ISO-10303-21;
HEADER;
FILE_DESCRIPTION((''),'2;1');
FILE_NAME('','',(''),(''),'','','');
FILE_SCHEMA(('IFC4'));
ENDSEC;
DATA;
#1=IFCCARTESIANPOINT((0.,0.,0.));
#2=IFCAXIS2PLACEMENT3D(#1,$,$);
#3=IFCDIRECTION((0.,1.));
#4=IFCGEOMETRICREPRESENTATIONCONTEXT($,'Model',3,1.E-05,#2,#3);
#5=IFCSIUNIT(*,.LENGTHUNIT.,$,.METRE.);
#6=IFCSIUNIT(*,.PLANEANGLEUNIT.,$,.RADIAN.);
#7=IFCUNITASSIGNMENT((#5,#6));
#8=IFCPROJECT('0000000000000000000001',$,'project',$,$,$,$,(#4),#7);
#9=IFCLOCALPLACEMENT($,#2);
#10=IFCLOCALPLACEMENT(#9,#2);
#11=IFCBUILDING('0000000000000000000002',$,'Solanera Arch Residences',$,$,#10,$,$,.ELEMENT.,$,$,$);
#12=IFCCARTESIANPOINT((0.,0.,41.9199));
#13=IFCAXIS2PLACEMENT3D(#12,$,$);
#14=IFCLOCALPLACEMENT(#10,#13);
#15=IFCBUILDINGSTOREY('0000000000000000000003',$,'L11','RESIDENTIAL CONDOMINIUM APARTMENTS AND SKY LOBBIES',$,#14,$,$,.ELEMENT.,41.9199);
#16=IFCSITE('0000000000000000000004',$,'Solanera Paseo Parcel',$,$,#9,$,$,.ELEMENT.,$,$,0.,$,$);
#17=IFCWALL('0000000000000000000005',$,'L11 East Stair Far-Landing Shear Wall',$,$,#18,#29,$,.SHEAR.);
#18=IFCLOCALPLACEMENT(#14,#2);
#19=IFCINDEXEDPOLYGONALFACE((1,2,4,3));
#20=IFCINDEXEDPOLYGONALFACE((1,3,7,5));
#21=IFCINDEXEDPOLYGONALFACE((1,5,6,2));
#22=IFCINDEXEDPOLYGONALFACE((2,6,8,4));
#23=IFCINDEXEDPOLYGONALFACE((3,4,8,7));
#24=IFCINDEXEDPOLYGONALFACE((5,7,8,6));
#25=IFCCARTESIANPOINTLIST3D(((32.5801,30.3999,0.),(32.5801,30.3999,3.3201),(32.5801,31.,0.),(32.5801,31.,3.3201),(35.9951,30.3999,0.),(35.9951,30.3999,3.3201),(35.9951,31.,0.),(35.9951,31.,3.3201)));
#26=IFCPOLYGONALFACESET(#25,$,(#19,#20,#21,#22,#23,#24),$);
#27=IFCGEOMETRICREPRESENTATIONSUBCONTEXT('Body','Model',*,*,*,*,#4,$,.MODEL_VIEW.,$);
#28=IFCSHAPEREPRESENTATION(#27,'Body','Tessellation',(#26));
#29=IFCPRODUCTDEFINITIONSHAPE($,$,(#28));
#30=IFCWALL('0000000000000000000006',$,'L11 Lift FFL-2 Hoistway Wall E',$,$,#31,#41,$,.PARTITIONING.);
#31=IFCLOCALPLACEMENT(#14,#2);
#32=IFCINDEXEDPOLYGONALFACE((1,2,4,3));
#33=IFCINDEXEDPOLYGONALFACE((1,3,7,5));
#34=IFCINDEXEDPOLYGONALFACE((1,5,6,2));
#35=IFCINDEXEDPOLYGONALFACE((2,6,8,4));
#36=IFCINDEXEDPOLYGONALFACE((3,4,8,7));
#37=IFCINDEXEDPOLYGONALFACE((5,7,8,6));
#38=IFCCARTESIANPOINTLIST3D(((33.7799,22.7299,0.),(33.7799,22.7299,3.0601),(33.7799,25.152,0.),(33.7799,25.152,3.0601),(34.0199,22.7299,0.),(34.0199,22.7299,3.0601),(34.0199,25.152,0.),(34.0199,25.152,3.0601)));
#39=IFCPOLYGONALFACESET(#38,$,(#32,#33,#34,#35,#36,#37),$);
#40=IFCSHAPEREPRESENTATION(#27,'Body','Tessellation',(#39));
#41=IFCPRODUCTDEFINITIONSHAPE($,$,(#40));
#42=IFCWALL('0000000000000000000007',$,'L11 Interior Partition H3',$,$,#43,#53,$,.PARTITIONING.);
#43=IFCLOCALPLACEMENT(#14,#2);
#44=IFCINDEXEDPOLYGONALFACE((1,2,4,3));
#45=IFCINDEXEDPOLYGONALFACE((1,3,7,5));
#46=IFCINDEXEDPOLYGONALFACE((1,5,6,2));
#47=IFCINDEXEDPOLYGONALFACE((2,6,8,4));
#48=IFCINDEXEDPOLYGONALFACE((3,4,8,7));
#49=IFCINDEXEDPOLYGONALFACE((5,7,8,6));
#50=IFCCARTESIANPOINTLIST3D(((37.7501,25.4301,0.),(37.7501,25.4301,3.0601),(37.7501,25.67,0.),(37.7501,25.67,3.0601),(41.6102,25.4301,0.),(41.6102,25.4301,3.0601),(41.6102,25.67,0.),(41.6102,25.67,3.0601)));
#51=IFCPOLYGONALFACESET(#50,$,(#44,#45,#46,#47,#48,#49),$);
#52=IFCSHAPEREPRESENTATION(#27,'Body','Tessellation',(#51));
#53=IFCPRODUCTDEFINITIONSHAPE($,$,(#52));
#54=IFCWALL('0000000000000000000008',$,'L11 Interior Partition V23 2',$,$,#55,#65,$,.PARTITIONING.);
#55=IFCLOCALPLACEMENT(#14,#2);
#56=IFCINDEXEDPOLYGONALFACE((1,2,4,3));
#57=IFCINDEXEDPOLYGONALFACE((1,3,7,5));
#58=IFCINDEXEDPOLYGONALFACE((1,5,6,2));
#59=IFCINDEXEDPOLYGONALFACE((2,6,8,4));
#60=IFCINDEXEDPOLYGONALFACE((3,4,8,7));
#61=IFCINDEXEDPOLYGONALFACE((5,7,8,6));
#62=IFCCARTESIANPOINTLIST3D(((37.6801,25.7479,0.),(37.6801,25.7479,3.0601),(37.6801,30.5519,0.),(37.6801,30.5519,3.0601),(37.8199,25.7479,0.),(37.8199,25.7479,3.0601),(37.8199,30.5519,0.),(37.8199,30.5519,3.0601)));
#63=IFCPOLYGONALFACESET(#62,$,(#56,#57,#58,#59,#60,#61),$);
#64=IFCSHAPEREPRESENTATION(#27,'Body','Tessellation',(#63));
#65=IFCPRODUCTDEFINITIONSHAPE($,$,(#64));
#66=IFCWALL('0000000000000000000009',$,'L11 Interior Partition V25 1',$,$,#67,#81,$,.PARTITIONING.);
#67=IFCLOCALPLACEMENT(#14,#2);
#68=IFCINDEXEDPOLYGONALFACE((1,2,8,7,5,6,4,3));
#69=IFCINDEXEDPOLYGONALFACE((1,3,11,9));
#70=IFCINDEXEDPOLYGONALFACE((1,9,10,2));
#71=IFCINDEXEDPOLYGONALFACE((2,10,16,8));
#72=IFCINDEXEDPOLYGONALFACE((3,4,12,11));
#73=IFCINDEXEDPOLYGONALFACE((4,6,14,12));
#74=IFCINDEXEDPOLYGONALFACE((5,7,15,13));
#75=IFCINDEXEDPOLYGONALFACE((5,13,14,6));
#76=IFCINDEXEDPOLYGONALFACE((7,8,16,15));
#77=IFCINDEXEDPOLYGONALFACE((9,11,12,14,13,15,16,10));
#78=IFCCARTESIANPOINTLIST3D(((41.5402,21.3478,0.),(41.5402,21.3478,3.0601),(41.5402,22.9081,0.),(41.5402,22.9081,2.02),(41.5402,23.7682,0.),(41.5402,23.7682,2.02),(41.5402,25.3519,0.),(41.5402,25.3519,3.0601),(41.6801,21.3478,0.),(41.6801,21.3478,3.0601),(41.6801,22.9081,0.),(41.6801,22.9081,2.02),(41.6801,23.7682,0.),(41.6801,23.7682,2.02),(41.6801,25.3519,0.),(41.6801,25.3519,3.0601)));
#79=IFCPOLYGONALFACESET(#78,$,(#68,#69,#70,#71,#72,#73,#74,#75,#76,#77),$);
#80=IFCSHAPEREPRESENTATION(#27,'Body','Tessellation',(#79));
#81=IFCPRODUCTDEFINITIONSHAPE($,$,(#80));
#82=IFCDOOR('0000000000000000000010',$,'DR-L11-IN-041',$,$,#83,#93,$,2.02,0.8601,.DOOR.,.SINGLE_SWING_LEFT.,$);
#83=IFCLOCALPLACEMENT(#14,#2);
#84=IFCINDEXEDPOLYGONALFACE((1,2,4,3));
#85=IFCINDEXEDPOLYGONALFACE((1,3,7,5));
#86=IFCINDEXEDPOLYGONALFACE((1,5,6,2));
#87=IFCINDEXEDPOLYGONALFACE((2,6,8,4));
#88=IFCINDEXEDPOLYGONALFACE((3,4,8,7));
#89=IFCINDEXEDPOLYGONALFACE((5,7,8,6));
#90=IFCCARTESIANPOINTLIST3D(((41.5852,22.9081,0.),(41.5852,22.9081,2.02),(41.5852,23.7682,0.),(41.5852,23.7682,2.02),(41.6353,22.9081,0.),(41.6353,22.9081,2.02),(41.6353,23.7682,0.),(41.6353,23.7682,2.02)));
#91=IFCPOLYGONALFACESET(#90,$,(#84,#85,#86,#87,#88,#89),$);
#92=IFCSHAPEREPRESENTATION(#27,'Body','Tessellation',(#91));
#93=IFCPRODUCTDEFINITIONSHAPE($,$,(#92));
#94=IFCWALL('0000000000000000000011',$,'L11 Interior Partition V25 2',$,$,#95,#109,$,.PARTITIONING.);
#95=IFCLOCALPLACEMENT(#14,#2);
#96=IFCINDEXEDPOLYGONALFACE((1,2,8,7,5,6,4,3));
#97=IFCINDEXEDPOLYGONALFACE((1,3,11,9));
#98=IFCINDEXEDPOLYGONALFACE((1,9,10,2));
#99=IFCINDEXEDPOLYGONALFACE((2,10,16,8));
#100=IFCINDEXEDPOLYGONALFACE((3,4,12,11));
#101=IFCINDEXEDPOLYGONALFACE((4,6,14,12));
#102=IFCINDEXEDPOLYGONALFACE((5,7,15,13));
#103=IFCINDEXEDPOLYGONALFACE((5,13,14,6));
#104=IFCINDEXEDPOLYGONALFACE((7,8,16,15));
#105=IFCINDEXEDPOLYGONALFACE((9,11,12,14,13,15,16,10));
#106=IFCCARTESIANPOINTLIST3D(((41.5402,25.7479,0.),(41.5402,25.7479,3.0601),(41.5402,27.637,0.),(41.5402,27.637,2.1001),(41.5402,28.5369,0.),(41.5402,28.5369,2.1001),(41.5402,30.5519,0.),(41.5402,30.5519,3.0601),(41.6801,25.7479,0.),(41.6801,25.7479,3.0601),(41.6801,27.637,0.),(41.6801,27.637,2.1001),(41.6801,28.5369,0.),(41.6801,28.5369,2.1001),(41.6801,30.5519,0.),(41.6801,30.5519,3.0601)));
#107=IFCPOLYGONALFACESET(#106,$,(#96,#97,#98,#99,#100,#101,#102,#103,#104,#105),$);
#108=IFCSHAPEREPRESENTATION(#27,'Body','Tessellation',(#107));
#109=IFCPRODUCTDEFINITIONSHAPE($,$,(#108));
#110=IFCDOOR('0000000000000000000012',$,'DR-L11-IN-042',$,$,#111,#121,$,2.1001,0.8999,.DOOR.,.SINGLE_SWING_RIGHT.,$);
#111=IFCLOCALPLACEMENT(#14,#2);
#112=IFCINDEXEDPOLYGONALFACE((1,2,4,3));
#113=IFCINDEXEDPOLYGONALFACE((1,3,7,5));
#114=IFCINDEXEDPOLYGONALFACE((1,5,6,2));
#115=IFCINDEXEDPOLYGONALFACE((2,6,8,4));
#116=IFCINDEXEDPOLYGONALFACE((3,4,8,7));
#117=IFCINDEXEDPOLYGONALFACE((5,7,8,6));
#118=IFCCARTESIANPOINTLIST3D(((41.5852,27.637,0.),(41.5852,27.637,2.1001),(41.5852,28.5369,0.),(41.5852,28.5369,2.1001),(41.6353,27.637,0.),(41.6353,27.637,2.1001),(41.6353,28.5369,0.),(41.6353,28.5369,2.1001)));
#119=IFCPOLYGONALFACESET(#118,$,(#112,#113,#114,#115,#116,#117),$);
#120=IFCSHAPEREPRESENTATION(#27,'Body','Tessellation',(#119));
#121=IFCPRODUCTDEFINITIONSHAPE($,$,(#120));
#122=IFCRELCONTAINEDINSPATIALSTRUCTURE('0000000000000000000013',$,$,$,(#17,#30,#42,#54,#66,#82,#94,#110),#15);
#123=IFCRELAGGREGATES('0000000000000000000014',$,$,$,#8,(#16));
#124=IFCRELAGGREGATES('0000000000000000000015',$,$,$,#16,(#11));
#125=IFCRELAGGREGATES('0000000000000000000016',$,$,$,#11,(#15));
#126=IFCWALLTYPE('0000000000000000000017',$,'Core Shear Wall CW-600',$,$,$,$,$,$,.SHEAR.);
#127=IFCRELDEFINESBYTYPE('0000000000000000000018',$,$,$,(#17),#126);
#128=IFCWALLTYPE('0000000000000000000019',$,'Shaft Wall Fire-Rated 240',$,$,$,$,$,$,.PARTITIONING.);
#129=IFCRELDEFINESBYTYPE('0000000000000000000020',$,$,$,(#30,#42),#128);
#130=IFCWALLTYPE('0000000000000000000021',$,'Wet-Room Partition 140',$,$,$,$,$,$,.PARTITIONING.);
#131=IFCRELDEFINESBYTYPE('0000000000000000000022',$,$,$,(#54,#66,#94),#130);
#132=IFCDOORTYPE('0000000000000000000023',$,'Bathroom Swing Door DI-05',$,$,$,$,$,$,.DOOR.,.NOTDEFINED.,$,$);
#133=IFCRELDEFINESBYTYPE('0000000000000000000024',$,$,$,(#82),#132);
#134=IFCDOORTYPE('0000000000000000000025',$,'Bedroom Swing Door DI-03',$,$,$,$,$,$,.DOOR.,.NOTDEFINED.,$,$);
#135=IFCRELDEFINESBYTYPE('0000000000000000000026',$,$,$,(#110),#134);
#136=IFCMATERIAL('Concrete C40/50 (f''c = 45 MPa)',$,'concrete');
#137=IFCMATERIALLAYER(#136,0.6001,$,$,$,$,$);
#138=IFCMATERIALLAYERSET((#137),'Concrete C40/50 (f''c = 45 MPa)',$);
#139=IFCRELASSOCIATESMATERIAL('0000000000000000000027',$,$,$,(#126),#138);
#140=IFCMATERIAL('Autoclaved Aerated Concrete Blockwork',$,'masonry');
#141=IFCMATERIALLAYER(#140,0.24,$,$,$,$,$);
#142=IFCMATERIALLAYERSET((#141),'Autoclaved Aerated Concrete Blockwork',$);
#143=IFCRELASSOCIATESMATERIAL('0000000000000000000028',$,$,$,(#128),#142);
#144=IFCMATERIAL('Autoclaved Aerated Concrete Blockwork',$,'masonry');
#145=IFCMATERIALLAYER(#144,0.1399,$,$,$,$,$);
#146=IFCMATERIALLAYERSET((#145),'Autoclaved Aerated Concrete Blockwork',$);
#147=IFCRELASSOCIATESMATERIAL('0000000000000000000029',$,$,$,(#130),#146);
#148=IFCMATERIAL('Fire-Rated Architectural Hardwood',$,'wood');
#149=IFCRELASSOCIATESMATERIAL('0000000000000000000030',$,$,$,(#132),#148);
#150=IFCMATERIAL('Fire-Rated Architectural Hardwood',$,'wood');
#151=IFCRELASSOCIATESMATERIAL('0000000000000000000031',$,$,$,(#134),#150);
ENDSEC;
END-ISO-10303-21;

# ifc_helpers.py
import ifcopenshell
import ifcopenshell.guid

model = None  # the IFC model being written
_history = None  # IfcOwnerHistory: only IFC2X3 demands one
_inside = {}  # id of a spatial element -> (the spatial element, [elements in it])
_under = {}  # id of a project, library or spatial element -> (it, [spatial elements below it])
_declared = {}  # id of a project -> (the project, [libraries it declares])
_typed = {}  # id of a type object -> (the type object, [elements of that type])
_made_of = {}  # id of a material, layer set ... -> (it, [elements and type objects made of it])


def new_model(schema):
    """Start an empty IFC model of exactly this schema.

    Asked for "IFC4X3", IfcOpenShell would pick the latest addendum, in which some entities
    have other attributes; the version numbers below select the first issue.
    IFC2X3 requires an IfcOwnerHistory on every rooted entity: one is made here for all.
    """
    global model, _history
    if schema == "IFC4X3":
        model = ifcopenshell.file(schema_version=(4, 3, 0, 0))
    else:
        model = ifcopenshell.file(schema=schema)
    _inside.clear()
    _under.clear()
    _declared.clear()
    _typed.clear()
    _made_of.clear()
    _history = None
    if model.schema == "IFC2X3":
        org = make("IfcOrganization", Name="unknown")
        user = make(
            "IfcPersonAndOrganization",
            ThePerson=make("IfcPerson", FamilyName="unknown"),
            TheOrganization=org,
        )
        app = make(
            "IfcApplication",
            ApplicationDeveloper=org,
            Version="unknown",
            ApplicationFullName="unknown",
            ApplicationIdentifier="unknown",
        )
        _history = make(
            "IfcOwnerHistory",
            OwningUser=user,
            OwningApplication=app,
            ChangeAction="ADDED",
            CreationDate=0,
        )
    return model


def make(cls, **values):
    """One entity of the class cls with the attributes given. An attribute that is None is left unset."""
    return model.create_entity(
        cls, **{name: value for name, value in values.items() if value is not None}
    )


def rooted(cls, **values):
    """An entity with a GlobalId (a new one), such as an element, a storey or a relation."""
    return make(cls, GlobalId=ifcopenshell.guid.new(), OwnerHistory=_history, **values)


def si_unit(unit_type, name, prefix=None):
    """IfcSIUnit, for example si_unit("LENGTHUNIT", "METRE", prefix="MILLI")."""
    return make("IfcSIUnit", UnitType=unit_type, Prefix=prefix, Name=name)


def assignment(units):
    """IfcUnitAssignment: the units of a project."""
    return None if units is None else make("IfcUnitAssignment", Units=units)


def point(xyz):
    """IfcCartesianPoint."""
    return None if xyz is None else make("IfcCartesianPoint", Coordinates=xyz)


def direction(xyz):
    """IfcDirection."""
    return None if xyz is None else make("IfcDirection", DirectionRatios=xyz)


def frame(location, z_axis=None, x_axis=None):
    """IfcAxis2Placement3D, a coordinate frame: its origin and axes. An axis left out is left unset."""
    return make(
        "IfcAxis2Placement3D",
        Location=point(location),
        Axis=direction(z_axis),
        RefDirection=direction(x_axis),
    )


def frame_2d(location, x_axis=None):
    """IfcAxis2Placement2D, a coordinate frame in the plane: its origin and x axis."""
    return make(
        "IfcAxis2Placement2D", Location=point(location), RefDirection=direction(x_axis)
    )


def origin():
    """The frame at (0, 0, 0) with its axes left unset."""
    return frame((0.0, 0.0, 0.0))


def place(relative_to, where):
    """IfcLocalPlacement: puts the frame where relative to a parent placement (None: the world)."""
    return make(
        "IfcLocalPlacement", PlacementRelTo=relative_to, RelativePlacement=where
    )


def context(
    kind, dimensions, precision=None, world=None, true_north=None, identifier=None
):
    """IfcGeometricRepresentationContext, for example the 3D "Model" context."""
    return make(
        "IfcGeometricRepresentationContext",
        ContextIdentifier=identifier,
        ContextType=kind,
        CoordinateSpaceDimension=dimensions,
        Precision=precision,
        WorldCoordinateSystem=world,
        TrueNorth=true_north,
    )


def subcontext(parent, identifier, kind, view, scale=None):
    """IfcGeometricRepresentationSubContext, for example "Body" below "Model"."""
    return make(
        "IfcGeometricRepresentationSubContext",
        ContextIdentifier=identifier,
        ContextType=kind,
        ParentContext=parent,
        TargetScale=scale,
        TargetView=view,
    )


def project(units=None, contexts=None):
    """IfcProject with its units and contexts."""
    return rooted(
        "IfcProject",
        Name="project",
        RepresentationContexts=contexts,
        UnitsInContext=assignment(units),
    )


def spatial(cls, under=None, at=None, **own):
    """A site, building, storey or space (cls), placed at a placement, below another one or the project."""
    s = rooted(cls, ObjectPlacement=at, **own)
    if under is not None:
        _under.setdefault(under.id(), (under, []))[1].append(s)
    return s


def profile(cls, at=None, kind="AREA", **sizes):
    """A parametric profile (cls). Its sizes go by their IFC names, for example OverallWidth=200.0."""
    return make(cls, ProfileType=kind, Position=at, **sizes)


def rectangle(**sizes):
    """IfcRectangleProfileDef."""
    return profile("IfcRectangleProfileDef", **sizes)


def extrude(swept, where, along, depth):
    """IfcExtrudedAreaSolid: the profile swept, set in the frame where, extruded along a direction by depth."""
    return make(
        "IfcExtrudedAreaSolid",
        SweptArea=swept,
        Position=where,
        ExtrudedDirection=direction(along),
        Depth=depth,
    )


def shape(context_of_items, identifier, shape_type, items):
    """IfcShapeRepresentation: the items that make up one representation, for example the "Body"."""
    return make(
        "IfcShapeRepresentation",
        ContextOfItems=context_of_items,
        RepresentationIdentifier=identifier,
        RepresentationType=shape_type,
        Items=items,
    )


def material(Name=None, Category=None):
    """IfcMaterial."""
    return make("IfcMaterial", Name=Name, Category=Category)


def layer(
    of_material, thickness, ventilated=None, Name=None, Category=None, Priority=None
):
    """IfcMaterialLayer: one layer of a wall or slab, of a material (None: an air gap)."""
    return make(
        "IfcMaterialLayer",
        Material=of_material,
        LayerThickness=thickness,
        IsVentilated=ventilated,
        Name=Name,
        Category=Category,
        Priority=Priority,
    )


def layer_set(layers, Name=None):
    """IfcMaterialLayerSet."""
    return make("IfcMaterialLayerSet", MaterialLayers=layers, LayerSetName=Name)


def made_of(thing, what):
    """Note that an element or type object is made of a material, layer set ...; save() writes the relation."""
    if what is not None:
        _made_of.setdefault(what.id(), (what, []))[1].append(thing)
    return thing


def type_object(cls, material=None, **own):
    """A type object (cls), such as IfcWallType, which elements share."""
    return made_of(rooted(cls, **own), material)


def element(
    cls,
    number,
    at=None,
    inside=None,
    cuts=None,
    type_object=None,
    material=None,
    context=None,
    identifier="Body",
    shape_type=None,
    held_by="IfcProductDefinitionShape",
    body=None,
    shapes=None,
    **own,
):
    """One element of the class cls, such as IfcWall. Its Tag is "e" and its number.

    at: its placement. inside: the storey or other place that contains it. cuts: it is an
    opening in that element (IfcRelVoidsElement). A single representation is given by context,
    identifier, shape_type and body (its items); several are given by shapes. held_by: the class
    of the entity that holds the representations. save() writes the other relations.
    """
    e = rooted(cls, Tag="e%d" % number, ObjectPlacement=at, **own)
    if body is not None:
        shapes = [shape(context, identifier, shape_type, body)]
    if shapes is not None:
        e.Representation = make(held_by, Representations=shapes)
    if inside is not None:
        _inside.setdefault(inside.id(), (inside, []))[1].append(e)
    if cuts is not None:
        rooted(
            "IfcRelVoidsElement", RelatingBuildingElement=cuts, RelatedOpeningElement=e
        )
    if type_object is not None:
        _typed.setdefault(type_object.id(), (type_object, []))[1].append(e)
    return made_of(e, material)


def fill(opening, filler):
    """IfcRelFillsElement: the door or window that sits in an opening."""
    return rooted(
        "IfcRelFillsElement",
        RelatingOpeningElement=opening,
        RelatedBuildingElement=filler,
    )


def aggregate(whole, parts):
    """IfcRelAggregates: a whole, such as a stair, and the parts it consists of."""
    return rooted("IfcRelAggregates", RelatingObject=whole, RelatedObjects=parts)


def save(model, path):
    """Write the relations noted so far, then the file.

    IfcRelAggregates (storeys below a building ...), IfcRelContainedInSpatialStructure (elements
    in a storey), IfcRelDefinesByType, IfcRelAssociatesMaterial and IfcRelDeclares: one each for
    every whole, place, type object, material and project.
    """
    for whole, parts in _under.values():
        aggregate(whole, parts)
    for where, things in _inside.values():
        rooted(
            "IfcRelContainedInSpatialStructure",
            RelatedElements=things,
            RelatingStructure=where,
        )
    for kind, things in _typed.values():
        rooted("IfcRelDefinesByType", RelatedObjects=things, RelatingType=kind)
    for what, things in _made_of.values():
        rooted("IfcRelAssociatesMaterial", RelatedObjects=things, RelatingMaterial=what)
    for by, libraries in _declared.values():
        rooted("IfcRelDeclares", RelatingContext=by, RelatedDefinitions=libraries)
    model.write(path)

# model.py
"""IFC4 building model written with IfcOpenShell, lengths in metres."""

from ifc_helpers import new_model, si_unit, direction, frame, frame_2d, origin, place, context, subcontext, project, spatial, rectangle, extrude, material, layer, layer_set, type_object, element, fill, save


model = new_model("IFC4")

# Units and contexts
model_context = context("Model", 3, precision=1e-05, world=origin(), true_north=direction((0.0, 1.0)))
body_context = subcontext(model_context, "Body", "Model", "MODEL_VIEW")
ifc_project = project(units=[si_unit("LENGTHUNIT", "METRE"), si_unit("PLANEANGLEUNIT", "RADIAN")], contexts=[model_context])

# Site, building, storey
site_placement = place(None, origin())
site = spatial("IfcSite", under=ifc_project, at=site_placement, Name="Solanera Paseo Parcel", CompositionType="ELEMENT", RefElevation=0.0)
building_placement = place(site_placement, origin())
building = spatial("IfcBuilding", under=site, at=building_placement, Name="Solanera Arch Residences", CompositionType="ELEMENT")
storey_placement = place(building_placement, frame((0.0, 0.0, 41.9199)))
storey = spatial("IfcBuildingStorey", under=building, at=storey_placement, Name="L11", Description="RESIDENTIAL CONDOMINIUM APARTMENTS AND SKY LOBBIES", CompositionType="ELEMENT", Elevation=41.9199)

# Walls
ifc_material_1 = material(Name="Concrete C40/50 (f'c = 45 MPa)", Category="concrete")
ifc_layer_1 = layer(ifc_material_1, 0.6001)
ifc_layer_set_1 = layer_set([ifc_layer_1], Name="Concrete C40/50 (f'c = 45 MPa)")
wall_type_1 = type_object("IfcWallType", Name="Core Shear Wall CW-600", PredefinedType="SHEAR", material=ifc_layer_set_1)
wall_1_placement = place(storey_placement, frame((32.5801, 30.7, 0.0), z_axis=(0.0, 0.0, 1.0), x_axis=(1.0, 0.0, 0.0)))
element("IfcWall", 1, at=wall_1_placement, inside=storey, type_object=wall_type_1, Name="L11 East Stair Far-Landing Shear Wall", PredefinedType="SHEAR", context=body_context, shape_type="SweptSolid", body=[
    extrude(rectangle(XDim=3.415, YDim=0.6001, at=frame_2d((1.7075, 0.0))), origin(), (0.0, 0.0, 1.0), 3.3201),
])
ifc_material_2 = material(Name="Autoclaved Aerated Concrete Blockwork", Category="masonry")
ifc_layer_2 = layer(ifc_material_2, 0.24)
ifc_layer_set_2 = layer_set([ifc_layer_2], Name="Autoclaved Aerated Concrete Blockwork")
wall_type_2 = type_object("IfcWallType", Name="Shaft Wall Fire-Rated 240", PredefinedType="PARTITIONING", material=ifc_layer_set_2)
wall_2_placement = place(storey_placement, frame((33.8999, 22.73, 0.0), z_axis=(0.0, 0.0, 1.0), x_axis=(0.0, 1.0, 0.0)))
element("IfcWall", 2, at=wall_2_placement, inside=storey, type_object=wall_type_2, Name="L11 Lift FFL-2 Hoistway Wall E", PredefinedType="PARTITIONING", context=body_context, shape_type="SweptSolid", body=[
    extrude(rectangle(XDim=2.4221, YDim=0.24, at=frame_2d((1.2109, 0.0))), origin(), (0.0, 0.0, 1.0), 3.0601),
])
wall_3_placement = place(storey_placement, frame((37.75, 25.55, 0.0), z_axis=(0.0, 0.0, 1.0), x_axis=(1.0, 0.0, 0.0)))
element("IfcWall", 3, at=wall_3_placement, inside=storey, type_object=wall_type_2, Name="L11 Interior Partition H3", PredefinedType="PARTITIONING", context=body_context, shape_type="SweptSolid", body=[
    extrude(rectangle(XDim=3.8601, YDim=0.24, at=frame_2d((1.9302, 0.0))), origin(), (0.0, 0.0, 1.0), 3.0601),
])
ifc_material_3 = material(Name="Autoclaved Aerated Concrete Blockwork", Category="masonry")
ifc_layer_3 = layer(ifc_material_3, 0.1399)
ifc_layer_set_3 = layer_set([ifc_layer_3], Name="Autoclaved Aerated Concrete Blockwork")
wall_type_3 = type_object("IfcWallType", Name="Wet-Room Partition 140", PredefinedType="PARTITIONING", material=ifc_layer_set_3)
wall_4_placement = place(storey_placement, frame((37.75, 25.748, 0.0), z_axis=(0.0, 0.0, 1.0), x_axis=(0.0, 1.0, 0.0)))
element("IfcWall", 4, at=wall_4_placement, inside=storey, type_object=wall_type_3, Name="L11 Interior Partition V23 2", PredefinedType="PARTITIONING", context=body_context, shape_type="SweptSolid", body=[
    extrude(rectangle(XDim=4.804, YDim=0.1399, at=frame_2d((2.4019, 0.0))), origin(), (0.0, 0.0, 1.0), 3.0601),
])

# Walls, openings, doors
wall_5_placement = place(storey_placement, frame((41.6101, 21.3479, 0.0), z_axis=(0.0, 0.0, 1.0), x_axis=(0.0, 1.0, 0.0)))
wall_5 = element("IfcWall", 5, at=wall_5_placement, inside=storey, type_object=wall_type_3, Name="L11 Interior Partition V25 1", PredefinedType="PARTITIONING", context=body_context, shape_type="SweptSolid", body=[
    extrude(rectangle(XDim=4.0042, YDim=0.1399, at=frame_2d((2.002, 0.0))), origin(), (0.0, 0.0, 1.0), 3.0601),
])
opening_1_placement = place(wall_5_placement, frame((1.5601, 0.0, 0.0)))
opening_1 = element("IfcOpeningElement", 6, at=opening_1_placement, cuts=wall_5, PredefinedType="OPENING", context=body_context, shape_type="SweptSolid", body=[
    extrude(rectangle(XDim=0.8601, YDim=2.02, at=frame_2d((0.4302, 1.01))), frame((0.0, 0.0798, 0.0), z_axis=(0.0, -1.0, 0.0), x_axis=(1.0, 0.0, 0.0)), (0.0, 0.0, 1.0), 0.1599),
])
ifc_material_4 = material(Name="Fire-Rated Architectural Hardwood", Category="wood")
door_type_1 = type_object("IfcDoorType", Name="Bathroom Swing Door DI-05", OperationType="NOTDEFINED", PredefinedType="DOOR", material=ifc_material_4)
door_1_placement = place(opening_1_placement, origin())
door_1 = element("IfcDoor", 7, at=door_1_placement, inside=storey, type_object=door_type_1, Name="DR-L11-IN-041", OperationType="SINGLE_SWING_LEFT", OverallHeight=2.02, OverallWidth=0.8601, PredefinedType="DOOR", context=body_context, shape_type="SweptSolid", body=[
    extrude(rectangle(XDim=0.8601, YDim=2.02, at=frame_2d((0.4302, 1.01))), frame((0.0, 0.0249, 0.0), z_axis=(0.0, -1.0, 0.0), x_axis=(1.0, 0.0, 0.0)), (0.0, 0.0, 1.0), 0.05),
])
fill(opening_1, door_1)
wall_6_placement = place(storey_placement, frame((41.6101, 25.748, 0.0), z_axis=(0.0, 0.0, 1.0), x_axis=(0.0, 1.0, 0.0)))
wall_6 = element("IfcWall", 8, at=wall_6_placement, inside=storey, type_object=wall_type_3, Name="L11 Interior Partition V25 2", PredefinedType="PARTITIONING", context=body_context, shape_type="SweptSolid", body=[
    extrude(rectangle(XDim=4.804, YDim=0.1399, at=frame_2d((2.4019, 0.0))), origin(), (0.0, 0.0, 1.0), 3.0601),
])
opening_2_placement = place(wall_6_placement, frame((1.8889, 0.0, 0.0)))
opening_2 = element("IfcOpeningElement", 9, at=opening_2_placement, cuts=wall_6, PredefinedType="OPENING", context=body_context, shape_type="SweptSolid", body=[
    extrude(rectangle(XDim=0.8999, YDim=2.1001, at=frame_2d((0.45, 1.05))), frame((0.0, 0.0798, 0.0), z_axis=(0.0, -1.0, 0.0), x_axis=(1.0, 0.0, 0.0)), (0.0, 0.0, 1.0), 0.1599),
])
ifc_material_5 = material(Name="Fire-Rated Architectural Hardwood", Category="wood")
door_type_2 = type_object("IfcDoorType", Name="Bedroom Swing Door DI-03", OperationType="NOTDEFINED", PredefinedType="DOOR", material=ifc_material_5)
door_2_placement = place(opening_2_placement, origin())
door_2 = element("IfcDoor", 10, at=door_2_placement, inside=storey, type_object=door_type_2, Name="DR-L11-IN-042", OperationType="SINGLE_SWING_RIGHT", OverallHeight=2.1001, OverallWidth=0.8999, PredefinedType="DOOR", context=body_context, shape_type="SweptSolid", body=[
    extrude(rectangle(XDim=0.8999, YDim=2.1001, at=frame_2d((0.45, 1.05))), frame((0.0, 0.0249, 0.0), z_axis=(0.0, -1.0, 0.0), x_axis=(1.0, 0.0, 0.0)), (0.0, 0.0, 1.0), 0.05),
])
fill(opening_2, door_2)

save(model, "model.ifc")
